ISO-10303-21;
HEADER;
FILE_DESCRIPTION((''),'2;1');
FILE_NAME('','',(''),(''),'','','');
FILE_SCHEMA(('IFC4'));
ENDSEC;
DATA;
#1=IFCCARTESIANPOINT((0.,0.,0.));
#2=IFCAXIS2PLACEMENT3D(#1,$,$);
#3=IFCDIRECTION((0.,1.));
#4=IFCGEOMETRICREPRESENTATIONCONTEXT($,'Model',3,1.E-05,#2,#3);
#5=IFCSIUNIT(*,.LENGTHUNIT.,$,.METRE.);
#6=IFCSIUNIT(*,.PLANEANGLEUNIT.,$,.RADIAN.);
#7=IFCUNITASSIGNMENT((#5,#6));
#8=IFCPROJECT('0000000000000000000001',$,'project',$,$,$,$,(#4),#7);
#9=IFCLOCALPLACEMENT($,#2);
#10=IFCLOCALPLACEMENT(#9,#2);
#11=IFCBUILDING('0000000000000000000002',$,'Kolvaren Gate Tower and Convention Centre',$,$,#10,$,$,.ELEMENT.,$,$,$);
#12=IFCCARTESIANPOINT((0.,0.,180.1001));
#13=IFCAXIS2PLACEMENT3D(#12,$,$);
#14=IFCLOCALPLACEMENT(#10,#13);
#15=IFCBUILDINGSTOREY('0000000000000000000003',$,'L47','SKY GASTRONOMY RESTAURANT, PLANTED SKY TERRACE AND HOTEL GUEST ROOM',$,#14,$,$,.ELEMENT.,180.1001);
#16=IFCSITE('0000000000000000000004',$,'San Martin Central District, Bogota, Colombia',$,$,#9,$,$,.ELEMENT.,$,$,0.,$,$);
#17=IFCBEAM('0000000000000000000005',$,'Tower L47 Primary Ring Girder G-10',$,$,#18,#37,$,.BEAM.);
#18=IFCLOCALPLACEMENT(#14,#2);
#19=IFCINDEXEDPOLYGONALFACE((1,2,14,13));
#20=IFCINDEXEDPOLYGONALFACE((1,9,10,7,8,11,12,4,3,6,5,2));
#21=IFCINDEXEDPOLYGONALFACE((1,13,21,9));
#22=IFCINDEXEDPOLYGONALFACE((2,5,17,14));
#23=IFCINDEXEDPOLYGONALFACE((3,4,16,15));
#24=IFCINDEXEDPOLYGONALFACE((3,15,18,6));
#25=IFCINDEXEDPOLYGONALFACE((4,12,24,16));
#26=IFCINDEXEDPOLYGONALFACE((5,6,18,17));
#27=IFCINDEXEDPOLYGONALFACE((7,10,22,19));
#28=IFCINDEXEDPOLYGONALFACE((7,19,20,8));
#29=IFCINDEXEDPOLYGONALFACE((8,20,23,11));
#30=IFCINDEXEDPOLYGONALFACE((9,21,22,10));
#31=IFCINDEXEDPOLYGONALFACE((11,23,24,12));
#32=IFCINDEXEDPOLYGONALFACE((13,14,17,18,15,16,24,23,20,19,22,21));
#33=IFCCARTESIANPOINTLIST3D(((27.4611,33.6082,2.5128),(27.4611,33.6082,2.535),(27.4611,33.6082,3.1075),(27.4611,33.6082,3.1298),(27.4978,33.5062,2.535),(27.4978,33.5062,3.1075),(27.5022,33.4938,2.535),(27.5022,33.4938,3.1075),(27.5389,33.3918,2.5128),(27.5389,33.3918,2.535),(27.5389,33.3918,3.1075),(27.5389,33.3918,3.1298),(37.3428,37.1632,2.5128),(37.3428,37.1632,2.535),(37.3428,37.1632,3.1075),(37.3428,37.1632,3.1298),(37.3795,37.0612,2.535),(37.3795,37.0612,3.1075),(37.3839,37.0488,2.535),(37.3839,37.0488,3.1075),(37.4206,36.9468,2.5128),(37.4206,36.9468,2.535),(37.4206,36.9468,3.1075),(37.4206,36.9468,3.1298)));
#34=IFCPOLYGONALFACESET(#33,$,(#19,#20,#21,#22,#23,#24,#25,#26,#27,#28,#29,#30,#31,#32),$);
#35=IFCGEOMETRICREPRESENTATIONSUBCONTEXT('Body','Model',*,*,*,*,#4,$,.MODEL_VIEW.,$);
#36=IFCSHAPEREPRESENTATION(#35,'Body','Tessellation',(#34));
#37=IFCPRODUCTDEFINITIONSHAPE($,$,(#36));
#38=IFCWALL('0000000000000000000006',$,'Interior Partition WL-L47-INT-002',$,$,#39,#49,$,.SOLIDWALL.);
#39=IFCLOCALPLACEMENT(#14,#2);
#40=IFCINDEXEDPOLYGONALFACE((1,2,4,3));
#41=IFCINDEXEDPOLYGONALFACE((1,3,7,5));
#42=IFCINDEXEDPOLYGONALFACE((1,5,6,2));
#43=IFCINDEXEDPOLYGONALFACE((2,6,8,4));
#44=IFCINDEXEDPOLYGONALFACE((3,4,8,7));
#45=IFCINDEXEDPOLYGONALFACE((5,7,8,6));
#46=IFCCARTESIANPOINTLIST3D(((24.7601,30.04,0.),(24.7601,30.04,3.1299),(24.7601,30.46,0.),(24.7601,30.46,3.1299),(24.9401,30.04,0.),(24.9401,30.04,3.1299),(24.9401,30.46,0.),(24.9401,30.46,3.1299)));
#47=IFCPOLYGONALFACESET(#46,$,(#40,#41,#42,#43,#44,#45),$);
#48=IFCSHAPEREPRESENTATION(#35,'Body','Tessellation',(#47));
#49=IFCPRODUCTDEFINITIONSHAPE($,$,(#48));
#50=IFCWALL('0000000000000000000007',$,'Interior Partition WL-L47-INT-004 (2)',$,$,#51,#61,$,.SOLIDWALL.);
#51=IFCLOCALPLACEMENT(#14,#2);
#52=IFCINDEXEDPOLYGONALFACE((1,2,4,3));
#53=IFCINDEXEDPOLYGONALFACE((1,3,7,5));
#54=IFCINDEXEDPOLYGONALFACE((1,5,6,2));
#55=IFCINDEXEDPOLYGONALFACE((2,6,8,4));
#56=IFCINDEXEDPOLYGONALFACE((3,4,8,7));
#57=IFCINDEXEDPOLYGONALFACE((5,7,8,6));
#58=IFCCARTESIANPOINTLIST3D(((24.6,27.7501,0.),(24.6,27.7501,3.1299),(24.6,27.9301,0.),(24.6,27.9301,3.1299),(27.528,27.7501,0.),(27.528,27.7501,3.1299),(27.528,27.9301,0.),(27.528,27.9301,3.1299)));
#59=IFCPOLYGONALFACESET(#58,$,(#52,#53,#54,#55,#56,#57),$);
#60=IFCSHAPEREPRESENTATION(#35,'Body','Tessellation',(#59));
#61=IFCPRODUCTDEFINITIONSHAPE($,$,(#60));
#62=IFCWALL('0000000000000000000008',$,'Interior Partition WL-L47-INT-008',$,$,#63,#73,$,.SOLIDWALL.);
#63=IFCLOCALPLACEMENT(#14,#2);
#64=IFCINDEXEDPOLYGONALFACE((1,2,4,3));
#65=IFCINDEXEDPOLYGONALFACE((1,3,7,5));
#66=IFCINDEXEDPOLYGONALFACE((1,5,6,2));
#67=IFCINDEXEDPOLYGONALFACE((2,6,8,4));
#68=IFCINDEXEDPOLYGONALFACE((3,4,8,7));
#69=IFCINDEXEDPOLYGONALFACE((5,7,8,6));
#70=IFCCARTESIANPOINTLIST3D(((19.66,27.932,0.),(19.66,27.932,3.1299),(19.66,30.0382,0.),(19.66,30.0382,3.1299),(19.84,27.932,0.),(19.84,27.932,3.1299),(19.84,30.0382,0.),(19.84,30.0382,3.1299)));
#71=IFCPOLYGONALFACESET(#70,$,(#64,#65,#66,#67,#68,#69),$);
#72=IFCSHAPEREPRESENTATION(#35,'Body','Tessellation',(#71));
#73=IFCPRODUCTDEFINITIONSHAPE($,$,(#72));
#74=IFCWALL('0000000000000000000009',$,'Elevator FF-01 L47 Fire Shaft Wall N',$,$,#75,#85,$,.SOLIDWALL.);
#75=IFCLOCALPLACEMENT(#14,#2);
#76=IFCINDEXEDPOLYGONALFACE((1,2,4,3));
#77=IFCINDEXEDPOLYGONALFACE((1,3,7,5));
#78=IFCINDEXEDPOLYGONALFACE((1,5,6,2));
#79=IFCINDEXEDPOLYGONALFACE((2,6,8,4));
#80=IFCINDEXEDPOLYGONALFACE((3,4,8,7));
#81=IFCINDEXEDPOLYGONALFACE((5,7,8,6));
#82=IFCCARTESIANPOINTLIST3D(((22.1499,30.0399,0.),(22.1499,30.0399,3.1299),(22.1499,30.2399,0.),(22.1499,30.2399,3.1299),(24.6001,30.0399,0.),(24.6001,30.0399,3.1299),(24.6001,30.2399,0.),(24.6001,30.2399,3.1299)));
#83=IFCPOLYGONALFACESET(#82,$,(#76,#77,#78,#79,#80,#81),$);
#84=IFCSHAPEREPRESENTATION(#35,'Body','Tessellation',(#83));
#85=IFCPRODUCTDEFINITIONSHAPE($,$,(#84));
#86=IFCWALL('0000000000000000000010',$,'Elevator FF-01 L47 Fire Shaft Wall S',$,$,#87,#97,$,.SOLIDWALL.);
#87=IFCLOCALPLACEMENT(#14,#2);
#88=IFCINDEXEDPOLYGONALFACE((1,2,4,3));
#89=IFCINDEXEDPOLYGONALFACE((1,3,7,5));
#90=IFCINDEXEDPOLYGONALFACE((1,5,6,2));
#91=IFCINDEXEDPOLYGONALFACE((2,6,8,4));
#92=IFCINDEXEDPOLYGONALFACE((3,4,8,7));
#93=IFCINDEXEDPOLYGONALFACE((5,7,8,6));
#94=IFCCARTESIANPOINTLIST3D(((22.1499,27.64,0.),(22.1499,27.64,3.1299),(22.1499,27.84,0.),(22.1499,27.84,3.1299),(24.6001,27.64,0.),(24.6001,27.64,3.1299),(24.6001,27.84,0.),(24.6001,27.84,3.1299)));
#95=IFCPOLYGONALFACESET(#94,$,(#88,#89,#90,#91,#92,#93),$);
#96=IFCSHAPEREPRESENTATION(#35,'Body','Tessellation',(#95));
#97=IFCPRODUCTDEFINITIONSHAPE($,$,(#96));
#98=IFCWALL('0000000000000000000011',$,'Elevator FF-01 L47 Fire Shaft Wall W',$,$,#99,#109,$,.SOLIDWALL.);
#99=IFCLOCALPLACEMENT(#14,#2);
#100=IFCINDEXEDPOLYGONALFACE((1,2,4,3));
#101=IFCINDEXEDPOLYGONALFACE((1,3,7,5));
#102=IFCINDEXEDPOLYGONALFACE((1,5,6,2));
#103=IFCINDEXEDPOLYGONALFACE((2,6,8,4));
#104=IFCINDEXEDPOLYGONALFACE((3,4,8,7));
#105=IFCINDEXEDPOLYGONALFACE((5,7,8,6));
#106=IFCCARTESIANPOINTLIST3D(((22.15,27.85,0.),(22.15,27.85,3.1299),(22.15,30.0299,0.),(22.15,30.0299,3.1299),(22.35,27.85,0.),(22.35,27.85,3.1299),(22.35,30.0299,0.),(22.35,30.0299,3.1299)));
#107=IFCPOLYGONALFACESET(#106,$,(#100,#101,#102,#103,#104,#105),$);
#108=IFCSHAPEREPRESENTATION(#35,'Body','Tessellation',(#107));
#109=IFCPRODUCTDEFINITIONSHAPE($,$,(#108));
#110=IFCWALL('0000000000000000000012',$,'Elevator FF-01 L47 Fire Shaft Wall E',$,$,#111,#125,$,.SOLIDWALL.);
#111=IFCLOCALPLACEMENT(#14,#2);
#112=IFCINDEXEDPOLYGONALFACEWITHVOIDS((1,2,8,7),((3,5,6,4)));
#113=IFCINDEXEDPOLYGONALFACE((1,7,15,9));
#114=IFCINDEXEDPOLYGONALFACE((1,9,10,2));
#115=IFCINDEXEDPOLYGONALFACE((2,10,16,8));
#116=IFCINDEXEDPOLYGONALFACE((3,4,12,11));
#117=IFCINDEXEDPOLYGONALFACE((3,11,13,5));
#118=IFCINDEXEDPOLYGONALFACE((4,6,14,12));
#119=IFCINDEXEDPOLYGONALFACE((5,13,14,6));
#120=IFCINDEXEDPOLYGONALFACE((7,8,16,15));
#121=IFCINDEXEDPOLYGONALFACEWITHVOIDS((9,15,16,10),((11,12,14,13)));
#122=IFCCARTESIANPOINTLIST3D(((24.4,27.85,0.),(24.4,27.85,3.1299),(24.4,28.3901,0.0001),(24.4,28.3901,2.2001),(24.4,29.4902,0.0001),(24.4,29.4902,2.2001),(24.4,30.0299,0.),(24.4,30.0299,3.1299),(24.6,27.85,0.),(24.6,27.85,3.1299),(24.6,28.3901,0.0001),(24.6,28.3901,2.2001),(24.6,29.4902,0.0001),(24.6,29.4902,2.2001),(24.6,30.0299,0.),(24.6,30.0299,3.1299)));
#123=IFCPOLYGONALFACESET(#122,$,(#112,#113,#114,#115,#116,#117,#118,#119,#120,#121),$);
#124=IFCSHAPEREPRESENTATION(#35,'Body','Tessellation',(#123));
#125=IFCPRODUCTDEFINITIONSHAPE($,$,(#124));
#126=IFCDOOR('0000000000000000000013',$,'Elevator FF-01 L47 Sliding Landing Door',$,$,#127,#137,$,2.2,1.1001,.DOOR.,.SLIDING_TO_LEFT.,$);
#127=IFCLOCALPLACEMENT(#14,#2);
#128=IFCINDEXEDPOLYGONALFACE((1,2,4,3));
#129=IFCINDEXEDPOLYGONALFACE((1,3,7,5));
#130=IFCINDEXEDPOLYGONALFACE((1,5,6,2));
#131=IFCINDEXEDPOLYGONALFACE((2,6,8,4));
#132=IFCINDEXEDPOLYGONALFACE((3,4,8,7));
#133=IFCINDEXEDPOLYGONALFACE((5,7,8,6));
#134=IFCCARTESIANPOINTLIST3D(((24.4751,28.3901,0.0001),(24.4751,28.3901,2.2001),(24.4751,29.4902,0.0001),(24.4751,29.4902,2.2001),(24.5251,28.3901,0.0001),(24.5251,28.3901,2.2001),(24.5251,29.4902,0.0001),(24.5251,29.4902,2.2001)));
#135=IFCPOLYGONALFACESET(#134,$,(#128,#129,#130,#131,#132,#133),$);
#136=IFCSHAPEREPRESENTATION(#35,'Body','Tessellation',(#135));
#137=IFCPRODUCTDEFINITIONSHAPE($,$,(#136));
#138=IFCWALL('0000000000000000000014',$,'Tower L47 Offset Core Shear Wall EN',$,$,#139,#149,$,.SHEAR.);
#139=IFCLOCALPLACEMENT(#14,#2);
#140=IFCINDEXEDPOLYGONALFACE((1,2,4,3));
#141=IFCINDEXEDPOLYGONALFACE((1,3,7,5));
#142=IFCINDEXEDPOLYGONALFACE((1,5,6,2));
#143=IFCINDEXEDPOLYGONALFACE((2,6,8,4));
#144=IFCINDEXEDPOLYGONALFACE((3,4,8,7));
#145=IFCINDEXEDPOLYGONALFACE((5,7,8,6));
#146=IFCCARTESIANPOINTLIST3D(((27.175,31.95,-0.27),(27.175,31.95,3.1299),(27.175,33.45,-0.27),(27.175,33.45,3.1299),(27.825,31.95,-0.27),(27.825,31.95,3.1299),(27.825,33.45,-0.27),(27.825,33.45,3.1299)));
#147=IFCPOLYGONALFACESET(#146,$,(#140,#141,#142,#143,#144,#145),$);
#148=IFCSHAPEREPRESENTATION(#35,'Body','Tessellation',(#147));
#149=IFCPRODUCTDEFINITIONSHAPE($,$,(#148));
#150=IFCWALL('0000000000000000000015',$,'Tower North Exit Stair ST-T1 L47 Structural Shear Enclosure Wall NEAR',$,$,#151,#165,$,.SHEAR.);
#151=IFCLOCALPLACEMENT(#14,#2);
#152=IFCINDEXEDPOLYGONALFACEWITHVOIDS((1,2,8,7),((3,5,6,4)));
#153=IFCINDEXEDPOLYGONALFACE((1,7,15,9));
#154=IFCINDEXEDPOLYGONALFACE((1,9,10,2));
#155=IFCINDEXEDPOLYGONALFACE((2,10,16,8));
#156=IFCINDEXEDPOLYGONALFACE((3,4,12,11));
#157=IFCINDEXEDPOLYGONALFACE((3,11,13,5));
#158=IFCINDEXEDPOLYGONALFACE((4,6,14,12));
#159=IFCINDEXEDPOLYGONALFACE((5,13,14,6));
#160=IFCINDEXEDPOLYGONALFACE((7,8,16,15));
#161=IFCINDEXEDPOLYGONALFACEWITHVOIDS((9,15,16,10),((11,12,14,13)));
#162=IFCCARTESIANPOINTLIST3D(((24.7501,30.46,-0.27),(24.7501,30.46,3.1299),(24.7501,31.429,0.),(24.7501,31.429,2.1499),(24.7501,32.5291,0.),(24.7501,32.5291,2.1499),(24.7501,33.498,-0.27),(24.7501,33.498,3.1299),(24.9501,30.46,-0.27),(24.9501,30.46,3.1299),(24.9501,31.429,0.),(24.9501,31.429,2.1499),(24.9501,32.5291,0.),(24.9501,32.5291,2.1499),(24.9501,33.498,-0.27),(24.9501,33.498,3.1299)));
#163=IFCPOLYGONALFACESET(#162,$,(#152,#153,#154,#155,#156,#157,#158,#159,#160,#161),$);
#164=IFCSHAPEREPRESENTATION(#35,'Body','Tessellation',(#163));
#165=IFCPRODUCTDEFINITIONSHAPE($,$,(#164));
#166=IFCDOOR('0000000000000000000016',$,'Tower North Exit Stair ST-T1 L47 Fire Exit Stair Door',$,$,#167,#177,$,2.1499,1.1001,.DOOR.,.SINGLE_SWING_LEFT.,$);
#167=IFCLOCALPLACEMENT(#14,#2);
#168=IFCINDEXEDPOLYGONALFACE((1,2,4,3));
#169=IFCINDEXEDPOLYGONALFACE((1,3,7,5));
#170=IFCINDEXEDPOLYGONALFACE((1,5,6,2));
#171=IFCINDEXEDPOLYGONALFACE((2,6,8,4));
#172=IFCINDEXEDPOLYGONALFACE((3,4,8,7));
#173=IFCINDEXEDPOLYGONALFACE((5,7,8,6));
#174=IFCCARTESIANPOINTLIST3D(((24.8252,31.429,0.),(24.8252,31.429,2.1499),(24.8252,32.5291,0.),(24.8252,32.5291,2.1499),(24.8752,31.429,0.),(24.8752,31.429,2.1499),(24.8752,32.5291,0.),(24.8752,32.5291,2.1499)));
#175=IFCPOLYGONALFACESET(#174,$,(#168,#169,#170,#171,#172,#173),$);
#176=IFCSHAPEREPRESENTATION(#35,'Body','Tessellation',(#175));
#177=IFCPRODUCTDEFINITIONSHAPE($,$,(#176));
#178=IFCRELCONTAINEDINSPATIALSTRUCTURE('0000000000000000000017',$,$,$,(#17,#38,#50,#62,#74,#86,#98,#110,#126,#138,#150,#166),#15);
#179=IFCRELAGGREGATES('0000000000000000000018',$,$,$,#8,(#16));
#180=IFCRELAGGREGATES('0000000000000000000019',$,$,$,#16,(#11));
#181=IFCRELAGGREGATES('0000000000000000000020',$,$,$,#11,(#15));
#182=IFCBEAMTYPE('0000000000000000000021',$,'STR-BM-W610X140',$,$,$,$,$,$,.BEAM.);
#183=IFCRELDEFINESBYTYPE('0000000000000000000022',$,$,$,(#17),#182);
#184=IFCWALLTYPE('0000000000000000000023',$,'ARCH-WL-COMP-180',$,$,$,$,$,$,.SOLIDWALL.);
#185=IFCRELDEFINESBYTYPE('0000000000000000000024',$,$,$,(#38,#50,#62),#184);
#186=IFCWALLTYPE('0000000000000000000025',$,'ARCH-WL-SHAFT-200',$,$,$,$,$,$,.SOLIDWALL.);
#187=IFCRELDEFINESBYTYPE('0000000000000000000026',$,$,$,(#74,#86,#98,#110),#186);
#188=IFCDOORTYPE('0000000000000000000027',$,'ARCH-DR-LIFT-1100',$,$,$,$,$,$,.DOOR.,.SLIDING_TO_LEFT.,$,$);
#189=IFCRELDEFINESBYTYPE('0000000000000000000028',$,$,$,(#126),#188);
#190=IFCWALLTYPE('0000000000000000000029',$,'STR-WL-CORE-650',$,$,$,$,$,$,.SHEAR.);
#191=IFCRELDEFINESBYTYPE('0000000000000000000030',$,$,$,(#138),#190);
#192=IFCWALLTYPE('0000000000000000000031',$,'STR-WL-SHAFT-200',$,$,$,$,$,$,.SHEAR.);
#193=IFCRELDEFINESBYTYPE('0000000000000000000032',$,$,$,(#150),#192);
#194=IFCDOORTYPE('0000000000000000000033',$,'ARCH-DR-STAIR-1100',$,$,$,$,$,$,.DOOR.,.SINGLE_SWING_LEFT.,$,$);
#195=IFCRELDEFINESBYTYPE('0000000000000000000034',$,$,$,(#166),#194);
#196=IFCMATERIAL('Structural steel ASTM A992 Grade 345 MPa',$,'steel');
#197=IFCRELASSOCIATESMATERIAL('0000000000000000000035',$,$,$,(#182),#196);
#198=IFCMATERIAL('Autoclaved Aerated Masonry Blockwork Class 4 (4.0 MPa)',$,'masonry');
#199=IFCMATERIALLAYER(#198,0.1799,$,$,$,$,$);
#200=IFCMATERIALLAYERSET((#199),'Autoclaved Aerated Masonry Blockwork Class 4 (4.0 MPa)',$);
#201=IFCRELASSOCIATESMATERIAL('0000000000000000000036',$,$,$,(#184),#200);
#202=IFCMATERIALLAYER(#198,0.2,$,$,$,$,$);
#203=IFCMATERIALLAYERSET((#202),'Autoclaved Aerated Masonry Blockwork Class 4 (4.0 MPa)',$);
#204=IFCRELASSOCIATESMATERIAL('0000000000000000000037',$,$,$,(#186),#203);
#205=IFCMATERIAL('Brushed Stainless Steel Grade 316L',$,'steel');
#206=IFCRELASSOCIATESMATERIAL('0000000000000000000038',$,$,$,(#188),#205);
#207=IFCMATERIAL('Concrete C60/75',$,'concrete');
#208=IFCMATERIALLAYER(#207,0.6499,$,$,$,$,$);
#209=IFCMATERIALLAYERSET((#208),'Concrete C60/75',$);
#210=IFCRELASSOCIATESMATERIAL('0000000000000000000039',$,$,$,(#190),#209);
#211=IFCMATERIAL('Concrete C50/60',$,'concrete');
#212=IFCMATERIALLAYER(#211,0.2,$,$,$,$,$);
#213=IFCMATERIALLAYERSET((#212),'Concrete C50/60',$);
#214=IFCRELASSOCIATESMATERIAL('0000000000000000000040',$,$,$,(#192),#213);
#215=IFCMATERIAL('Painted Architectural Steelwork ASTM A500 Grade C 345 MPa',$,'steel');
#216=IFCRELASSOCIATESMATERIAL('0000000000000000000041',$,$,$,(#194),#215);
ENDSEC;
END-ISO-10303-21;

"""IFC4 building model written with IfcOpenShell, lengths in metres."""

from ifc_helpers import new_model, si_unit, direction, frame, frame_2d, origin, origin_2d, place, context, subcontext, project, spatial, rectangle, i_section, extrude, material, layer, layer_set, material_profile, profile_set, type_object, element, fill, save


model = new_model("IFC4")

# Units and contexts
model_context = context("Model", 3, precision=1e-05, world=origin(), true_north=direction((0.0, 1.0)))
body_context = subcontext(model_context, "Body", "Model", "MODEL_VIEW")
ifc_project = project(units=[si_unit("LENGTHUNIT", "METRE"), si_unit("PLANEANGLEUNIT", "RADIAN")], contexts=[model_context])

# Site, building, storey
site_placement = place(None, origin())
site = spatial("IfcSite", under=ifc_project, at=site_placement, Name="San Martin Central District, Bogota, Colombia", CompositionType="ELEMENT", RefElevation=0.0)
building_placement = place(site_placement, origin())
building = spatial("IfcBuilding", under=site, at=building_placement, Name="Kolvaren Gate Tower and Convention Centre", CompositionType="ELEMENT")
storey_placement = place(building_placement, frame((0.0, 0.0, 180.1001)))
storey = spatial("IfcBuildingStorey", under=building, at=storey_placement, Name="L47", Description="SKY GASTRONOMY RESTAURANT, PLANTED SKY TERRACE AND HOTEL GUEST ROOM", CompositionType="ELEMENT", Elevation=180.1001)

# Beam
ifc_material_1 = material(Name="Structural steel ASTM A992 Grade 345 MPa", Category="steel")
ifc_material_profile = material_profile(ifc_material_1, i_section(OverallWidth=0.23, OverallDepth=0.6169, WebThickness=0.0132, FlangeThickness=0.0222, at=origin_2d()), Name="W610X140")
ifc_profile_set = profile_set([ifc_material_profile], Name="Structural steel ASTM A992 Grade 345 MPa")
beam_type = type_object("IfcBeamType", Name="STR-BM-W610X140", PredefinedType="BEAM", material=ifc_profile_set)
beam_placement = place(storey_placement, frame((27.5, 33.5, 2.8213), z_axis=(0.940961, 0.338514, 0.0), x_axis=(-0.338514, 0.940961, 0.0)))
element("IfcBeam", 1, at=beam_placement, inside=storey, type_object=beam_type, Name="Tower L47 Primary Ring Girder G-10", PredefinedType="BEAM", context=body_context, shape_type="SweptSolid", body=[
    extrude(i_section(OverallWidth=0.23, OverallDepth=0.6169, WebThickness=0.0132, FlangeThickness=0.0222, at=origin_2d()), origin(), (0.0, 0.0, 1.0), 10.5017),
])

# Walls
ifc_material_2 = material(Name="Autoclaved Aerated Masonry Blockwork Class 4 (4.0 MPa)", Category="masonry")
ifc_layer_1 = layer(ifc_material_2, 0.1799)
ifc_layer_set_1 = layer_set([ifc_layer_1], Name="Autoclaved Aerated Masonry Blockwork Class 4 (4.0 MPa)")
wall_type_1 = type_object("IfcWallType", Name="ARCH-WL-COMP-180", PredefinedType="SOLIDWALL", material=ifc_layer_set_1)
wall_1_placement = place(storey_placement, frame((24.8501, 30.04, 0.0), z_axis=(0.0, 0.0, 1.0), x_axis=(0.0, 1.0, 0.0)))
element("IfcWall", 2, at=wall_1_placement, inside=storey, type_object=wall_type_1, Name="Interior Partition WL-L47-INT-002", PredefinedType="SOLIDWALL", context=body_context, shape_type="SweptSolid", body=[
    extrude(rectangle(XDim=0.4199, YDim=0.1799, at=frame_2d((0.21, 0.0))), origin(), (0.0, 0.0, 1.0), 3.1299),
])
wall_2_placement = place(storey_placement, frame((24.6001, 27.8401, 0.0), z_axis=(0.0, 0.0, 1.0), x_axis=(1.0, 0.0, 0.0)))
element("IfcWall", 3, at=wall_2_placement, inside=storey, type_object=wall_type_1, Name="Interior Partition WL-L47-INT-004 (2)", PredefinedType="SOLIDWALL", context=body_context, shape_type="SweptSolid", body=[
    extrude(rectangle(XDim=2.928, YDim=0.1799, at=frame_2d((1.4639, 0.0))), origin(), (0.0, 0.0, 1.0), 3.1299),
])
wall_3_placement = place(storey_placement, frame((19.75, 27.9319, 0.0), z_axis=(0.0, 0.0, 1.0), x_axis=(0.0, 1.0, 0.0)))
element("IfcWall", 4, at=wall_3_placement, inside=storey, type_object=wall_type_1, Name="Interior Partition WL-L47-INT-008", PredefinedType="SOLIDWALL", context=body_context, shape_type="SweptSolid", body=[
    extrude(rectangle(XDim=2.1062, YDim=0.1799, at=frame_2d((1.0532, 0.0))), origin(), (0.0, 0.0, 1.0), 3.1299),
])
ifc_layer_2 = layer(ifc_material_2, 0.2)
ifc_layer_set_2 = layer_set([ifc_layer_2], Name="Autoclaved Aerated Masonry Blockwork Class 4 (4.0 MPa)")
wall_type_2 = type_object("IfcWallType", Name="ARCH-WL-SHAFT-200", PredefinedType="SOLIDWALL", material=ifc_layer_set_2)
for number, where, z_axis, x_axis, name in (
    (5, (22.1499, 30.1399, 0.0), (0.0, 0.0, 1.0), (1.0, 0.0, 0.0), "Elevator FF-01 L47 Fire Shaft Wall N"),
    (6, (22.1499, 27.74, 0.0), (0.0, 0.0, 1.0), (1.0, 0.0, 0.0), "Elevator FF-01 L47 Fire Shaft Wall S"),
):
    element("IfcWall", number, at=place(storey_placement, frame(where, z_axis=z_axis, x_axis=x_axis)), inside=storey, type_object=wall_type_2, Name=name, PredefinedType="SOLIDWALL", context=body_context, shape_type="SweptSolid", body=[
        extrude(rectangle(XDim=2.4502, YDim=0.2, at=frame_2d((1.2251, 0.0))), origin(), (0.0, 0.0, 1.0), 3.1299),
    ])
wall_4_placement = place(storey_placement, frame((22.25, 27.8501, 0.0), z_axis=(0.0, 0.0, 1.0), x_axis=(0.0, 1.0, 0.0)))
element("IfcWall", 7, at=wall_4_placement, inside=storey, type_object=wall_type_2, Name="Elevator FF-01 L47 Fire Shaft Wall W", PredefinedType="SOLIDWALL", context=body_context, shape_type="SweptSolid", body=[
    extrude(rectangle(XDim=2.1799, YDim=0.2, at=frame_2d((1.0898, 0.0))), origin(), (0.0, 0.0, 1.0), 3.1299),
])

# Wall, opening, door
wall_5_placement = place(storey_placement, frame((24.5, 27.8501, 0.0), z_axis=(0.0, 0.0, 1.0), x_axis=(0.0, 1.0, 0.0)))
wall_5 = element("IfcWall", 8, at=wall_5_placement, inside=storey, type_object=wall_type_2, Name="Elevator FF-01 L47 Fire Shaft Wall E", PredefinedType="SOLIDWALL", context=body_context, shape_type="SweptSolid", body=[
    extrude(rectangle(XDim=2.1799, YDim=0.2, at=frame_2d((1.0898, 0.0))), origin(), (0.0, 0.0, 1.0), 3.1299),
])
opening_1_placement = place(wall_5_placement, frame((0.54, 0.0, 0.0)))
opening_1 = element("IfcOpeningElement", 9, at=opening_1_placement, cuts=wall_5, PredefinedType="OPENING", context=body_context, shape_type="SweptSolid", body=[
    extrude(rectangle(XDim=1.1001, YDim=2.2, at=frame_2d((0.55, 1.1001))), frame((0.0, 0.1099, 0.0), z_axis=(0.0, -1.0, 0.0), x_axis=(1.0, 0.0, 0.0)), (0.0, 0.0, 1.0), 0.22),
])
ifc_material_3 = material(Name="Brushed Stainless Steel Grade 316L", Category="steel")
door_type_1 = type_object("IfcDoorType", Name="ARCH-DR-LIFT-1100", OperationType="SLIDING_TO_LEFT", PredefinedType="DOOR", material=ifc_material_3)
door_1_placement = place(opening_1_placement, origin())
door_1 = element("IfcDoor", 10, at=door_1_placement, inside=storey, type_object=door_type_1, Name="Elevator FF-01 L47 Sliding Landing Door", OperationType="SLIDING_TO_LEFT", OverallHeight=2.2, OverallWidth=1.1001, PredefinedType="DOOR", context=body_context, shape_type="SweptSolid", body=[
    extrude(rectangle(XDim=1.1001, YDim=2.2, at=frame_2d((0.55, 1.1001))), frame((0.0, 0.0249, 0.0), z_axis=(0.0, -1.0, 0.0), x_axis=(1.0, 0.0, 0.0)), (0.0, 0.0, 1.0), 0.05),
])
fill(opening_1, door_1)

# Wall
ifc_material_4 = material(Name="Concrete C60/75", Category="concrete")
ifc_layer_3 = layer(ifc_material_4, 0.6499)
ifc_layer_set_3 = layer_set([ifc_layer_3], Name="Concrete C60/75")
wall_type_3 = type_object("IfcWallType", Name="STR-WL-CORE-650", PredefinedType="SHEAR", material=ifc_layer_set_3)
wall_6_placement = place(storey_placement, frame((27.5, 31.95, -0.27), z_axis=(0.0, 0.0, 1.0), x_axis=(0.0, 1.0, 0.0)))
element("IfcWall", 11, at=wall_6_placement, inside=storey, type_object=wall_type_3, Name="Tower L47 Offset Core Shear Wall EN", PredefinedType="SHEAR", context=body_context, shape_type="SweptSolid", body=[
    extrude(rectangle(XDim=1.5, YDim=0.6499, at=frame_2d((0.75, 0.0))), origin(), (0.0, 0.0, 1.0), 3.3999),
])

# Wall, opening, door
ifc_material_5 = material(Name="Concrete C50/60", Category="concrete")
ifc_layer_4 = layer(ifc_material_5, 0.2)
ifc_layer_set_4 = layer_set([ifc_layer_4], Name="Concrete C50/60")
wall_type_4 = type_object("IfcWallType", Name="STR-WL-SHAFT-200", PredefinedType="SHEAR", material=ifc_layer_set_4)
wall_7_placement = place(storey_placement, frame((24.8501, 30.46, -0.27), z_axis=(0.0, 0.0, 1.0), x_axis=(0.0, 1.0, 0.0)))
wall_7 = element("IfcWall", 12, at=wall_7_placement, inside=storey, type_object=wall_type_4, Name="Tower North Exit Stair ST-T1 L47 Structural Shear Enclosure Wall NEAR", PredefinedType="SHEAR", context=body_context, shape_type="SweptSolid", body=[
    extrude(rectangle(XDim=3.0381, YDim=0.2, at=frame_2d((1.519, 0.0))), origin(), (0.0, 0.0, 1.0), 3.3999),
])
opening_2_placement = place(wall_7_placement, frame((0.969, 0.0, 0.27)))
opening_2 = element("IfcOpeningElement", 13, at=opening_2_placement, cuts=wall_7, PredefinedType="OPENING", context=body_context, shape_type="SweptSolid", body=[
    extrude(rectangle(XDim=1.1001, YDim=2.1499, at=frame_2d((0.55, 1.075))), frame((0.0, 0.1099, 0.0), z_axis=(0.0, -1.0, 0.0), x_axis=(1.0, 0.0, 0.0)), (0.0, 0.0, 1.0), 0.22),
])
ifc_material_6 = material(Name="Painted Architectural Steelwork ASTM A500 Grade C 345 MPa", Category="steel")
door_type_2 = type_object("IfcDoorType", Name="ARCH-DR-STAIR-1100", OperationType="SINGLE_SWING_LEFT", PredefinedType="DOOR", material=ifc_material_6)
door_2_placement = place(opening_2_placement, origin())
door_2 = element("IfcDoor", 14, at=door_2_placement, inside=storey, type_object=door_type_2, Name="Tower North Exit Stair ST-T1 L47 Fire Exit Stair Door", OperationType="SINGLE_SWING_LEFT", OverallHeight=2.1499, OverallWidth=1.1001, PredefinedType="DOOR", context=body_context, shape_type="SweptSolid", body=[
    extrude(rectangle(XDim=1.1001, YDim=2.1499, at=frame_2d((0.55, 1.075))), frame((0.0, 0.0249, 0.0), z_axis=(0.0, -1.0, 0.0), x_axis=(1.0, 0.0, 0.0)), (0.0, 0.0, 1.0), 0.05),
])
fill(opening_2, door_2)

save(model, "model.ifc")
